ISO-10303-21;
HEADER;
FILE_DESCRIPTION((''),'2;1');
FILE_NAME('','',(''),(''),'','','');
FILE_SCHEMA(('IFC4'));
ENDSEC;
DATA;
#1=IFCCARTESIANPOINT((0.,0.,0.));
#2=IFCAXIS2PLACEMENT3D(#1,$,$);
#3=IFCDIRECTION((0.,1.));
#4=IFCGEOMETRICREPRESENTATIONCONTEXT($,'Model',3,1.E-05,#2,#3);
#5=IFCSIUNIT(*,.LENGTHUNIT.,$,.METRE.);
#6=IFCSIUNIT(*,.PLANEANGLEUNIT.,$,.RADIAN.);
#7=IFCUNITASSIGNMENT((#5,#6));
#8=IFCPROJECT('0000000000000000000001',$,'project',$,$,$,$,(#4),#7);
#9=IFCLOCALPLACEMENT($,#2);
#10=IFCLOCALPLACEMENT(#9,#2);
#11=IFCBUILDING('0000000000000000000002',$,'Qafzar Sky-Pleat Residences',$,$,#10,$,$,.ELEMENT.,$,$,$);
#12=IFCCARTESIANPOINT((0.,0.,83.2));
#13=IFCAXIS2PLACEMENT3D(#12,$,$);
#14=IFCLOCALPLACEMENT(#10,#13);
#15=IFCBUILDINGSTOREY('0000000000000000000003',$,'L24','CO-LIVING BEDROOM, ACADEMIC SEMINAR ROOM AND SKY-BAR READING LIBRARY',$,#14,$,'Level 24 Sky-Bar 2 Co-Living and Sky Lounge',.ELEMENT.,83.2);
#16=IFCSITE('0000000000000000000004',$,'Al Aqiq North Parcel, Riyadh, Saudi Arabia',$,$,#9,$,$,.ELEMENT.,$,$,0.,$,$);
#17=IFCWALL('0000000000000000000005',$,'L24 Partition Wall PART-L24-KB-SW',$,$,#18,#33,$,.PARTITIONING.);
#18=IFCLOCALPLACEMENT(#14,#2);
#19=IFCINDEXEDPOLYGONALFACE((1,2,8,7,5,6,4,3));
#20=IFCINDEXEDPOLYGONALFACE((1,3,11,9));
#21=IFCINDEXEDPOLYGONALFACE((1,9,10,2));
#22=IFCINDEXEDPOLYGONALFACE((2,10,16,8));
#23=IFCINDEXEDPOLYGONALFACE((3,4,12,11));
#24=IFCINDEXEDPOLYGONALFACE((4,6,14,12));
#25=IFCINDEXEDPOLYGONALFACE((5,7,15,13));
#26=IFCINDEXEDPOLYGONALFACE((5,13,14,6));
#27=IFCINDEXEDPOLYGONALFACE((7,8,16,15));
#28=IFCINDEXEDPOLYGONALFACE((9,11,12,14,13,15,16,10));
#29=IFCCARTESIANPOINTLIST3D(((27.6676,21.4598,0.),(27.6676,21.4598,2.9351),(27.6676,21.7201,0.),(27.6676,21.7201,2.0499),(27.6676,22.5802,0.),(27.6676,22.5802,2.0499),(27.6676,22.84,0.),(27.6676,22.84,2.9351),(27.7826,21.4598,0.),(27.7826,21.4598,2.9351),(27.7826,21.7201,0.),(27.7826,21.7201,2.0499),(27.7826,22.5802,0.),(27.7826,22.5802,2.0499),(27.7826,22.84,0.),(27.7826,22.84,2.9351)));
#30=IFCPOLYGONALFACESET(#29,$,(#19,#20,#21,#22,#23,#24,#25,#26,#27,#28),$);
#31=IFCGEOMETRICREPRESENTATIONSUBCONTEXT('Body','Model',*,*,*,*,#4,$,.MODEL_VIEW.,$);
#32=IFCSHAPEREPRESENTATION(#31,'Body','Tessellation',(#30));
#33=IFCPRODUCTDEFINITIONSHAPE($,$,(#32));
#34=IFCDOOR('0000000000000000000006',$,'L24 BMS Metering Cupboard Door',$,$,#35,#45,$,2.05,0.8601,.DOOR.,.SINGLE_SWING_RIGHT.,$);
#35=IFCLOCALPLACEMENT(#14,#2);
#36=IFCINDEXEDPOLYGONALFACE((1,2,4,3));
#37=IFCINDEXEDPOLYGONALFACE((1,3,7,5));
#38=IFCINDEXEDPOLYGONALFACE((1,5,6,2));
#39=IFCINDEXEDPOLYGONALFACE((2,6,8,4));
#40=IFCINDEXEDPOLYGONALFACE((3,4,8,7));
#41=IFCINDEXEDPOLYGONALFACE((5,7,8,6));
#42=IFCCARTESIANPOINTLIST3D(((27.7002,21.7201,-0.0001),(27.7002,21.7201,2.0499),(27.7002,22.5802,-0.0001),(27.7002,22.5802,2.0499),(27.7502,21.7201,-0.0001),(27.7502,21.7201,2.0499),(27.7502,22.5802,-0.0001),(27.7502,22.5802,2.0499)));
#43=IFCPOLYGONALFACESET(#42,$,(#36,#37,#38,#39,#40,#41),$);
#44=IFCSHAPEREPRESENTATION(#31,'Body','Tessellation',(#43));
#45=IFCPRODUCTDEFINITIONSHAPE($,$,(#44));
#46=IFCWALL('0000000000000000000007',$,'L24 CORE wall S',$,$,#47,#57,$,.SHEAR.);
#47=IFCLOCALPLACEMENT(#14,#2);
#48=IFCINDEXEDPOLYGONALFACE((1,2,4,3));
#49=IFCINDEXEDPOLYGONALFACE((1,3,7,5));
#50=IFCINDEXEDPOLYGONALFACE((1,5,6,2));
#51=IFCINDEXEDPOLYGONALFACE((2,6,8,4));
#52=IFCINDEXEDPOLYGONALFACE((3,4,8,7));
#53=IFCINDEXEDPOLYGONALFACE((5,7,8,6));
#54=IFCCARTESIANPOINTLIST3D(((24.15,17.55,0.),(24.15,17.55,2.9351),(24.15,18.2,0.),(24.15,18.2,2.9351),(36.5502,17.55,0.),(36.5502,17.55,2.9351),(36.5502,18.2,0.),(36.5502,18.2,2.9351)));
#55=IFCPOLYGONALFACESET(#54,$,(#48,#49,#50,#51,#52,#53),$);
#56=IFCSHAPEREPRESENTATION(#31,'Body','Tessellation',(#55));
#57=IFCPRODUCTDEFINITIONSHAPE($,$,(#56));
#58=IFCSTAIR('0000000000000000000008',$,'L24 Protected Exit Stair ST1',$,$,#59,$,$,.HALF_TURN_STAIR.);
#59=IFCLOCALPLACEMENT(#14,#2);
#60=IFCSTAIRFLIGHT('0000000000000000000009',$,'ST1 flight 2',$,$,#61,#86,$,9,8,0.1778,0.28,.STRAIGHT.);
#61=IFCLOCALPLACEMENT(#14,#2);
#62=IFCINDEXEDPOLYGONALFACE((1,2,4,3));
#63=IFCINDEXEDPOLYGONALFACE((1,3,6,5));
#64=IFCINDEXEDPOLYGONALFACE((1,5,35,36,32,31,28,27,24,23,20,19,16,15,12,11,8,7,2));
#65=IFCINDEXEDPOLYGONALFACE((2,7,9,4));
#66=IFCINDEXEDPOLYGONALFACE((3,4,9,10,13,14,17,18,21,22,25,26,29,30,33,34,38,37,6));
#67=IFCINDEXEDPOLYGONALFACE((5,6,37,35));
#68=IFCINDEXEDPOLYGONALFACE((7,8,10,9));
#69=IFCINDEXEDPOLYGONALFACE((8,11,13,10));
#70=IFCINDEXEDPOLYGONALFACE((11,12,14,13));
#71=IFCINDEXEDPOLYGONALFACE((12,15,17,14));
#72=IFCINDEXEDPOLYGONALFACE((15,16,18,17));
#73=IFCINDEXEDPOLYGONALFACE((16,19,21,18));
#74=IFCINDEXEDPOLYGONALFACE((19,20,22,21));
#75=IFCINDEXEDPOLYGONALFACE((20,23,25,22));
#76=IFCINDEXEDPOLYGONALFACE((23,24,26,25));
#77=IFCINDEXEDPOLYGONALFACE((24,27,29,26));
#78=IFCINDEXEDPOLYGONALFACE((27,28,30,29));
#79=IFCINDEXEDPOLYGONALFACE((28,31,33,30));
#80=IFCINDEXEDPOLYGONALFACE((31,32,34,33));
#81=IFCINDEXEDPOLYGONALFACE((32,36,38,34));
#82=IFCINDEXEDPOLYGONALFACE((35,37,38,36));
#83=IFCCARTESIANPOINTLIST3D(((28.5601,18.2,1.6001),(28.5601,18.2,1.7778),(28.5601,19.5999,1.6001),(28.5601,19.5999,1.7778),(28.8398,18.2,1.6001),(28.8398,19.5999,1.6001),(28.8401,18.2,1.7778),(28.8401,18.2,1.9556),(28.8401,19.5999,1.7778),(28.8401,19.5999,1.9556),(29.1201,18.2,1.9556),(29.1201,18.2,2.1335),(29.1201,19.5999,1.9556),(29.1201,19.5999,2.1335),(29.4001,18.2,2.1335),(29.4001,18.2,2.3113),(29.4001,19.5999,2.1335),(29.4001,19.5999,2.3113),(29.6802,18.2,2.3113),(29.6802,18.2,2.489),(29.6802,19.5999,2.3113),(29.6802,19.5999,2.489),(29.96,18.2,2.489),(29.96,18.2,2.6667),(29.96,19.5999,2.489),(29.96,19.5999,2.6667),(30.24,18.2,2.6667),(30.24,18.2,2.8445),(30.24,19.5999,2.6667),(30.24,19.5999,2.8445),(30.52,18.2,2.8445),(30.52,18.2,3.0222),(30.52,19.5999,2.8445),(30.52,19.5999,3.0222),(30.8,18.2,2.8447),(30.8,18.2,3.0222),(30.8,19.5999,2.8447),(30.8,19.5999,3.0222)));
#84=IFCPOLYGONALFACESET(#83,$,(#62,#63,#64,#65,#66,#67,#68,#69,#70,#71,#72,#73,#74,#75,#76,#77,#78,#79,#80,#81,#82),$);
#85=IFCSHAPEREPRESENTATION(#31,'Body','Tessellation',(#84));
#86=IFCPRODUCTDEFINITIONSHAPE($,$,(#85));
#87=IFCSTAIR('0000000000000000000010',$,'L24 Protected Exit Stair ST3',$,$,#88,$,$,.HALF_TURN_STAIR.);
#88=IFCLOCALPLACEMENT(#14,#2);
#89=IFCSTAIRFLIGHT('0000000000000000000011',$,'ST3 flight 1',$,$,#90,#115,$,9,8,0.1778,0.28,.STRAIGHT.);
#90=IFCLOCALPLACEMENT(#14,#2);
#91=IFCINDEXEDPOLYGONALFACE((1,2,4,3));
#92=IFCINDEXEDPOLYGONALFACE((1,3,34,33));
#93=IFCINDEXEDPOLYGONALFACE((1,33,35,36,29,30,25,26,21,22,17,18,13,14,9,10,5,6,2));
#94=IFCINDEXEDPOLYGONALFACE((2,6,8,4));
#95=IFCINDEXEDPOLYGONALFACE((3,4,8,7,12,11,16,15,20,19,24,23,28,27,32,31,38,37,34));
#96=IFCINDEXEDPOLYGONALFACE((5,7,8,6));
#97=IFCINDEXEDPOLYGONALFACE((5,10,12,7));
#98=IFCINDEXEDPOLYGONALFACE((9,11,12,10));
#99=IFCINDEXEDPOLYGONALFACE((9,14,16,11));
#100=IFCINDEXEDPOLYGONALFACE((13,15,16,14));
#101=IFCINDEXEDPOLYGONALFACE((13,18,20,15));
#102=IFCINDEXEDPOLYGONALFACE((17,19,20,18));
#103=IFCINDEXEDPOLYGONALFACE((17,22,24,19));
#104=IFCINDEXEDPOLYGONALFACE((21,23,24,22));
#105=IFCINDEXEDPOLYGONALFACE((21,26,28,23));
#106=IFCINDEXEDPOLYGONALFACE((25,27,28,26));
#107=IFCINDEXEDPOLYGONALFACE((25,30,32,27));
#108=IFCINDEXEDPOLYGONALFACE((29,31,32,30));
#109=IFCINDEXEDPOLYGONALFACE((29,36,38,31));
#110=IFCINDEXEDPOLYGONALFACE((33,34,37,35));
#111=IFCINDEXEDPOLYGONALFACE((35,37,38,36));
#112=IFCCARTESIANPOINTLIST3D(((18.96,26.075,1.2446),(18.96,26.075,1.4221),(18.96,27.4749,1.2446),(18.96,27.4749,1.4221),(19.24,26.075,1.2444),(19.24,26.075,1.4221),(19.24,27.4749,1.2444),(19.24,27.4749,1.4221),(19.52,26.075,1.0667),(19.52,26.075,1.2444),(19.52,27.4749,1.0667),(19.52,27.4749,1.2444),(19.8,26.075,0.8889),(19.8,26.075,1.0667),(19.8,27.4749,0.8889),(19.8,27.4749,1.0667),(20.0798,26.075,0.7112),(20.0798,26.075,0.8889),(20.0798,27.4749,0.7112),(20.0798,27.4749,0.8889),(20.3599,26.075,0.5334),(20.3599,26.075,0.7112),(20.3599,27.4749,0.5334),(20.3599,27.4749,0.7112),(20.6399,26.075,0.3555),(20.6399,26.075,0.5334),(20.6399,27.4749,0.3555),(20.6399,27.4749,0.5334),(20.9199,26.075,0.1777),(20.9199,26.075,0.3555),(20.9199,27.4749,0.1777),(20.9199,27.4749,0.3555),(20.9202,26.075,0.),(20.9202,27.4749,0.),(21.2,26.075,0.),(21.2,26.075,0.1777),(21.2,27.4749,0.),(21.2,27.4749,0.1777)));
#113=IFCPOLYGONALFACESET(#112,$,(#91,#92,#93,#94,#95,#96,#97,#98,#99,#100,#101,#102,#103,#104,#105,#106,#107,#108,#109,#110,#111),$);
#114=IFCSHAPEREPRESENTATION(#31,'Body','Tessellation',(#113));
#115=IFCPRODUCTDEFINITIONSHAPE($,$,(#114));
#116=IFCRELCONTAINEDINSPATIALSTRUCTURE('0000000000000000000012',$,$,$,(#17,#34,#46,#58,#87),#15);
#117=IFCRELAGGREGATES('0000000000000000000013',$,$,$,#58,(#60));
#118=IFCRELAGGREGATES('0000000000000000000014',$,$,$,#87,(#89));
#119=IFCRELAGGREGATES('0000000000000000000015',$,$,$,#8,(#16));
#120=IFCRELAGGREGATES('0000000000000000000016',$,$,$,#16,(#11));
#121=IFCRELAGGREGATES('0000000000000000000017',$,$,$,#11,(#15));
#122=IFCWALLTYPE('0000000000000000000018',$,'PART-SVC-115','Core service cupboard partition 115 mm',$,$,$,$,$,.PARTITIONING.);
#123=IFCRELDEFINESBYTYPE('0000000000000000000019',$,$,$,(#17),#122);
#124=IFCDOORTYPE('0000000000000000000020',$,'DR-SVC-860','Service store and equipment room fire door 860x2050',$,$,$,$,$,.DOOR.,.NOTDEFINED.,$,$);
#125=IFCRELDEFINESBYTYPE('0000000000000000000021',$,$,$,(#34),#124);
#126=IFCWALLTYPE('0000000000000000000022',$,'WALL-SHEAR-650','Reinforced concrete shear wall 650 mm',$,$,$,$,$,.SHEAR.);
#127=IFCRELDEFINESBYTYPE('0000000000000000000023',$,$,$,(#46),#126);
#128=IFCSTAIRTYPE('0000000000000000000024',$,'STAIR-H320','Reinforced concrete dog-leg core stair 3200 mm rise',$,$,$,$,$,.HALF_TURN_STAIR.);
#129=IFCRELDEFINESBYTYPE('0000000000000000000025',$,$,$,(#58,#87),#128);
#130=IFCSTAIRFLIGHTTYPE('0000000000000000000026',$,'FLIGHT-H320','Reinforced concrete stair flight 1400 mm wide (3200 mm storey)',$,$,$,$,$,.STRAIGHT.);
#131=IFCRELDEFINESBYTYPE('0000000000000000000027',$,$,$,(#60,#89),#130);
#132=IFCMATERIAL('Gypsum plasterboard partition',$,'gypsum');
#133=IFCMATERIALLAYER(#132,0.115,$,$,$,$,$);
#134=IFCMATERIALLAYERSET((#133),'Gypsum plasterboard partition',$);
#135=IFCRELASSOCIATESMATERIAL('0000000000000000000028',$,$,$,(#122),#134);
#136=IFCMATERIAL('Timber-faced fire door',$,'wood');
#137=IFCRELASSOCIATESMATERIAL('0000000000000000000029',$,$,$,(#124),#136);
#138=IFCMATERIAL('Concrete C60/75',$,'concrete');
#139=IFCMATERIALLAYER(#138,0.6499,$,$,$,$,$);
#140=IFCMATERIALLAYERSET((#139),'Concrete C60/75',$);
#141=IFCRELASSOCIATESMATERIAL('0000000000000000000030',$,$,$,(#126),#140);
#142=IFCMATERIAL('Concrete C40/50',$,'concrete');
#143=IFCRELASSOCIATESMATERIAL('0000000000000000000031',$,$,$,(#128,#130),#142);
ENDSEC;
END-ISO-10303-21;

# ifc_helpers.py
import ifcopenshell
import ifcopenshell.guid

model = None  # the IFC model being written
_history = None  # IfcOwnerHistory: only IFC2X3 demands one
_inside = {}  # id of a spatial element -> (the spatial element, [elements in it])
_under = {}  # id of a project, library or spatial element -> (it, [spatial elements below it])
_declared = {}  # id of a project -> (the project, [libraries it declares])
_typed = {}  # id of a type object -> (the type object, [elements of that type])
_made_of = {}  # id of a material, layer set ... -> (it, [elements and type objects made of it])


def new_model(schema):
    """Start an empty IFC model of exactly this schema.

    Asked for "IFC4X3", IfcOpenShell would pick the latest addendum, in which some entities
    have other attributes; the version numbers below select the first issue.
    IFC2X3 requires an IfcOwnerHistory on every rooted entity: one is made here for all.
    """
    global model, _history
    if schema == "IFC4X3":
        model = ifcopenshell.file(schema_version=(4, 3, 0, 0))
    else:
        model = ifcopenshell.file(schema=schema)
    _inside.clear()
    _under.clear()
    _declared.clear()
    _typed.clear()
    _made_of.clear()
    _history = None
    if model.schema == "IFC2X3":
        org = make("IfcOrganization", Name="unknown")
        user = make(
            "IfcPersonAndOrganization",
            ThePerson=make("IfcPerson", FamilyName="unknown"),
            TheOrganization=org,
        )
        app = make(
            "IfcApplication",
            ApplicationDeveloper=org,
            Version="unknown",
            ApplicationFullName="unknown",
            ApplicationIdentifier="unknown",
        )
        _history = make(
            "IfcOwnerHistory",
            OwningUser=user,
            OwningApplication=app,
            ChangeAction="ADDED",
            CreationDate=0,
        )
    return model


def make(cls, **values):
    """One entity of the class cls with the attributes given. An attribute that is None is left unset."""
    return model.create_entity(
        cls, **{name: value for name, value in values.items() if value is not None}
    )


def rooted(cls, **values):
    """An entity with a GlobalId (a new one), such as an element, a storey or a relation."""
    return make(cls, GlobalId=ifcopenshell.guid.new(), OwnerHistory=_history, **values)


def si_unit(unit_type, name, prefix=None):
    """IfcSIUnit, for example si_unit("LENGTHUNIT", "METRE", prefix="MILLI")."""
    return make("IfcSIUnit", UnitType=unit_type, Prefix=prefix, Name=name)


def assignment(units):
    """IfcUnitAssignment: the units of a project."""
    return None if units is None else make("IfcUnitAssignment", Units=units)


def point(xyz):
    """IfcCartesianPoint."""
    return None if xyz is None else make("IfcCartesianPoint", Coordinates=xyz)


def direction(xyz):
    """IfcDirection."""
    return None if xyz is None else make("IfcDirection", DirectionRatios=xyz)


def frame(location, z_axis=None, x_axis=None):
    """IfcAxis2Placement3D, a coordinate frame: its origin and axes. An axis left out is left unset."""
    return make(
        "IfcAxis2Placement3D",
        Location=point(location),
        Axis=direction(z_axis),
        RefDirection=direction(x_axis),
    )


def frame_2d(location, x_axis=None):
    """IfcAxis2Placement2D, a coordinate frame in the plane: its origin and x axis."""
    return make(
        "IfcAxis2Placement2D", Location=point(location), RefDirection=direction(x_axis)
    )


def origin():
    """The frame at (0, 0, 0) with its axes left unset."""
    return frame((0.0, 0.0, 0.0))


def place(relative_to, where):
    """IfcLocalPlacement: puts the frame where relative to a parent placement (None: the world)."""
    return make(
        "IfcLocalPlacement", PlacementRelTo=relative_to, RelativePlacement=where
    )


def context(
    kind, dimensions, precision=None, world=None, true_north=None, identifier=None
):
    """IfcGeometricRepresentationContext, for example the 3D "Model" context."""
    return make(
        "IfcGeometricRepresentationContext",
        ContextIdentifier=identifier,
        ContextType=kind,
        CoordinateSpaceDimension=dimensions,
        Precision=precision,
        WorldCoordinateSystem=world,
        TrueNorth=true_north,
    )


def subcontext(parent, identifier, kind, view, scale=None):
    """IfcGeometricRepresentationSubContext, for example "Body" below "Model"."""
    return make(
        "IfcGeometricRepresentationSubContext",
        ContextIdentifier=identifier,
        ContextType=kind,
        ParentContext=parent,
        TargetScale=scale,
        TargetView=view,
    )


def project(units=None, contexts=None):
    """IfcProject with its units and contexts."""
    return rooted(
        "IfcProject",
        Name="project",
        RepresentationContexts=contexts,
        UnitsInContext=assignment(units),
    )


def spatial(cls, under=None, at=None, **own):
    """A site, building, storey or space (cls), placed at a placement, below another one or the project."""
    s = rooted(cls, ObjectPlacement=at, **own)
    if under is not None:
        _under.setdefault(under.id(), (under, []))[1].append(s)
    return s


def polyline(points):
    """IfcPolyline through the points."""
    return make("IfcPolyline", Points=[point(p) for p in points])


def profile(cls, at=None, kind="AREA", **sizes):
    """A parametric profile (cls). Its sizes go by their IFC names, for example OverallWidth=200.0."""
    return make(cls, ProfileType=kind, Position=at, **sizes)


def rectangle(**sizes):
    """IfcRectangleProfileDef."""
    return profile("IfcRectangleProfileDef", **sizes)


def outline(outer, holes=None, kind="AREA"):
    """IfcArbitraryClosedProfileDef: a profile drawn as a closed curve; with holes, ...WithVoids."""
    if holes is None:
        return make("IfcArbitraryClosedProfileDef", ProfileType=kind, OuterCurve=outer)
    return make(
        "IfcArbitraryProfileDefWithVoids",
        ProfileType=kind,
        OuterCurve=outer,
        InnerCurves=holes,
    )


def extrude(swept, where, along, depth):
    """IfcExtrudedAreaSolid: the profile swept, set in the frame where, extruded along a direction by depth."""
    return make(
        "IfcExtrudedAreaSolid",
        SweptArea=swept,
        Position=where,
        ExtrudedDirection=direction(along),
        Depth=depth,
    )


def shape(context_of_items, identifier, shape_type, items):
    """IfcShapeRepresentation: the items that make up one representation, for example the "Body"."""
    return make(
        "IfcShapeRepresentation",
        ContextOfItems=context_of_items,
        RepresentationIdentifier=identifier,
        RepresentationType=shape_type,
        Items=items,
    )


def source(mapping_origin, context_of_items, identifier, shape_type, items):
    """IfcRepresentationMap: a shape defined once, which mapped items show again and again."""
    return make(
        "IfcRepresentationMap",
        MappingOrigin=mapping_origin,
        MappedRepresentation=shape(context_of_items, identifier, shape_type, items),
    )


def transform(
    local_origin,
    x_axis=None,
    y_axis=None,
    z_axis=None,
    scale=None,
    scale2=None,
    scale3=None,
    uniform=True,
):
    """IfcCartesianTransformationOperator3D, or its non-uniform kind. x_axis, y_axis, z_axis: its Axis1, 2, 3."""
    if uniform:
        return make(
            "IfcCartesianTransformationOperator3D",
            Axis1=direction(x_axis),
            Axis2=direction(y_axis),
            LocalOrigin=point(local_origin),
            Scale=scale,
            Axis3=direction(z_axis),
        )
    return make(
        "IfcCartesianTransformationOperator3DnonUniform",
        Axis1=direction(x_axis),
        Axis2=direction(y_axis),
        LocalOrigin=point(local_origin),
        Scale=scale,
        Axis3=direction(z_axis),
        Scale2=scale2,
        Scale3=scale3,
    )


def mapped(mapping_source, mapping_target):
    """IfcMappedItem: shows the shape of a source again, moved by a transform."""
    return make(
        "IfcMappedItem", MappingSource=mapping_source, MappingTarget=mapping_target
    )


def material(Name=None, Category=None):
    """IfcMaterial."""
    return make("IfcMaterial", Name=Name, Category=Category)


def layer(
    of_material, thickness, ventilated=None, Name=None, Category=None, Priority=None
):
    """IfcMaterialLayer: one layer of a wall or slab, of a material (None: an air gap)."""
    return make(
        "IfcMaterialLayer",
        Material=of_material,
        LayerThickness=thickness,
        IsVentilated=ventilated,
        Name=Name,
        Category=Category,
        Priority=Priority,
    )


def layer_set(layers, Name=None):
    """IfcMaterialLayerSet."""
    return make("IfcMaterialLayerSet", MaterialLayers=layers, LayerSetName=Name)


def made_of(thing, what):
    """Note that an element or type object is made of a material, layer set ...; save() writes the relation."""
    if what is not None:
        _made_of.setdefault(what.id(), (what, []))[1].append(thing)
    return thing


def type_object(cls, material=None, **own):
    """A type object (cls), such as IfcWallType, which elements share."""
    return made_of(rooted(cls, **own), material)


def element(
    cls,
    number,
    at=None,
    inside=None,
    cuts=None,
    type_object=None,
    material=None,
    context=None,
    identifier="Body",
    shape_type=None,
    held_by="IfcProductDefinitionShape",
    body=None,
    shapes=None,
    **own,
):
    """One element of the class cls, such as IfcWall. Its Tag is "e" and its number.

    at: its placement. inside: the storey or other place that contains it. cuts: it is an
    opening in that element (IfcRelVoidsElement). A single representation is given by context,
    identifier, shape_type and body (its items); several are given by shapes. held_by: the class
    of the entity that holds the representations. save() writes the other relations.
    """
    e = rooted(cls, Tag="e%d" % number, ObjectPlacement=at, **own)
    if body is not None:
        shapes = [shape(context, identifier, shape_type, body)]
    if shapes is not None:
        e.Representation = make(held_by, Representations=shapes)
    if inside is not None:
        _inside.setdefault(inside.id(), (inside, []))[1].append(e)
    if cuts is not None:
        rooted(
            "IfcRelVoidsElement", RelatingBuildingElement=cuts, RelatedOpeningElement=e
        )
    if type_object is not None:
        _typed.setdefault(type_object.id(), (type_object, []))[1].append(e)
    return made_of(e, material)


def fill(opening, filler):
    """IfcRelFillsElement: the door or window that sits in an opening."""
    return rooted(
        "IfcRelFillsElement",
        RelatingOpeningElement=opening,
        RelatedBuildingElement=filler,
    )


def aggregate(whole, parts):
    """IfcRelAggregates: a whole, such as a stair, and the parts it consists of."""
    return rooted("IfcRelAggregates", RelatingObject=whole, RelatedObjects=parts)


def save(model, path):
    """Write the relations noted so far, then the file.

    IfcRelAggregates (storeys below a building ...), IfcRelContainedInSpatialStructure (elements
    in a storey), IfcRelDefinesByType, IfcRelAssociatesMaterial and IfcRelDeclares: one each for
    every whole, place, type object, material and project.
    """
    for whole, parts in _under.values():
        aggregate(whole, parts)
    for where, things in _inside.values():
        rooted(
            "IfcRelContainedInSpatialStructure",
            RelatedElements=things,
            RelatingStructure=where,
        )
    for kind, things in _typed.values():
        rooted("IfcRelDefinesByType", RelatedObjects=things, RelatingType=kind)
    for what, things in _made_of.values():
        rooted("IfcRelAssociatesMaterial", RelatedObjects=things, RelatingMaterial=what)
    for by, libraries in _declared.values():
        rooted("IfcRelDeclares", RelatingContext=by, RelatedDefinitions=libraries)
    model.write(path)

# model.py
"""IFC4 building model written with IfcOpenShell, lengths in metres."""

from ifc_helpers import new_model, si_unit, direction, frame, frame_2d, origin, place, context, subcontext, project, spatial, polyline, rectangle, outline, extrude, source, transform, mapped, material, layer, layer_set, type_object, element, fill, aggregate, save


model = new_model("IFC4")

# Units and contexts
model_context = context("Model", 3, precision=1e-05, world=origin(), true_north=direction((0.0, 1.0)))
body_context = subcontext(model_context, "Body", "Model", "MODEL_VIEW")
ifc_project = project(units=[si_unit("LENGTHUNIT", "METRE"), si_unit("PLANEANGLEUNIT", "RADIAN")], contexts=[model_context])

# Site, building, storey
site_placement = place(None, origin())
site = spatial("IfcSite", under=ifc_project, at=site_placement, Name="Al Aqiq North Parcel, Riyadh, Saudi Arabia", CompositionType="ELEMENT", RefElevation=0.0)
building_placement = place(site_placement, origin())
building = spatial("IfcBuilding", under=site, at=building_placement, Name="Qafzar Sky-Pleat Residences", CompositionType="ELEMENT")
storey_placement = place(building_placement, frame((0.0, 0.0, 83.2)))
storey = spatial("IfcBuildingStorey", under=building, at=storey_placement, Name="L24", Description="CO-LIVING BEDROOM, ACADEMIC SEMINAR ROOM AND SKY-BAR READING LIBRARY", LongName="Level 24 Sky-Bar 2 Co-Living and Sky Lounge", CompositionType="ELEMENT", Elevation=83.2)

# Shared definitions
ifc_material_1 = material(Name="Timber-faced fire door", Category="wood")

# Wall, opening, door
ifc_material_2 = material(Name="Gypsum plasterboard partition", Category="gypsum")
ifc_layer_1 = layer(ifc_material_2, 0.115)
ifc_layer_set_1 = layer_set([ifc_layer_1], Name="Gypsum plasterboard partition")
wall_type_1 = type_object("IfcWallType", Name="PART-SVC-115", Description="Core service cupboard partition 115 mm", PredefinedType="PARTITIONING", material=ifc_layer_set_1)
wall_1_placement = place(storey_placement, frame((27.7251, 21.46, 0.0), z_axis=(0.0, 0.0, 1.0), x_axis=(0.0, 1.0, 0.0)))
wall_1 = element("IfcWall", 1, at=wall_1_placement, inside=storey, type_object=wall_type_1, Name="L24 Partition Wall PART-L24-KB-SW", PredefinedType="PARTITIONING", context=body_context, shape_type="SweptSolid", body=[
    extrude(rectangle(XDim=1.3801, YDim=0.115, at=frame_2d((0.6899, 0.0))), origin(), (0.0, 0.0, 1.0), 2.9351),
])
opening_1_placement = place(wall_1_placement, frame((0.26, 0.0, 0.0)))
opening_1 = element("IfcOpeningElement", 2, at=opening_1_placement, cuts=wall_1, PredefinedType="OPENING", context=body_context, shape_type="SweptSolid", body=[
    extrude(rectangle(XDim=0.8601, YDim=2.05, at=frame_2d((0.4302, 1.0249))), frame((0.0, 0.0674, 0.0), z_axis=(0.0, -1.0, 0.0), x_axis=(1.0, 0.0, 0.0)), (0.0, 0.0, 1.0), 0.135),
])
door_type_1 = type_object("IfcDoorType", Name="DR-SVC-860", Description="Service store and equipment room fire door 860x2050", OperationType="NOTDEFINED", PredefinedType="DOOR", material=ifc_material_1)
shared_shape_1 = source(origin(), body_context, "Body", "SweptSolid", [
    extrude(rectangle(XDim=0.8601, YDim=2.05, at=frame_2d((0.4302, 1.0249))), frame((0.0, 0.0249, 0.0), z_axis=(0.0, -1.0, 0.0), x_axis=(1.0, 0.0, 0.0)), (0.0, 0.0, 1.0), 0.05),
])
door_1_placement = place(opening_1_placement, origin())
door_1 = element("IfcDoor", 3, at=door_1_placement, inside=storey, type_object=door_type_1, Name="L24 BMS Metering Cupboard Door", OperationType="SINGLE_SWING_RIGHT", OverallHeight=2.05, OverallWidth=0.8601, PredefinedType="DOOR", context=body_context, shape_type="MappedRepresentation", body=[
    mapped(shared_shape_1, transform((0.0, 0.0, 0.0), x_axis=(1.0, 0.0, 0.0), y_axis=(0.0, 1.0, 0.0), z_axis=(0.0, 0.0, 1.0), scale=1.0)),
])
fill(opening_1, door_1)

# Shared definitions
ifc_material_3 = material(Name="Concrete C60/75", Category="concrete")

# Wall
ifc_layer_2 = layer(ifc_material_3, 0.6499)
ifc_layer_set_2 = layer_set([ifc_layer_2], Name="Concrete C60/75")
wall_type_2 = type_object("IfcWallType", Name="WALL-SHEAR-650", Description="Reinforced concrete shear wall 650 mm", PredefinedType="SHEAR", material=ifc_layer_set_2)
wall_2_placement = place(storey_placement, frame((24.1499, 17.875, 0.0), z_axis=(0.0, 0.0, 1.0), x_axis=(1.0, 0.0, 0.0)))
element("IfcWall", 4, at=wall_2_placement, inside=storey, type_object=wall_type_2, Name="L24 CORE wall S", PredefinedType="SHEAR", context=body_context, shape_type="SweptSolid", body=[
    extrude(rectangle(XDim=12.4001, YDim=0.6499, at=frame_2d((6.2002, 0.0))), origin(), (0.0, 0.0, 1.0), 2.9351),
])

# Stairs, stair flights
ifc_material_4 = material(Name="Concrete C40/50", Category="concrete")
stair_type = type_object("IfcStairType", Name="STAIR-H320", Description="Reinforced concrete dog-leg core stair 3200 mm rise", PredefinedType="HALF_TURN_STAIR", material=ifc_material_4)
stair_1_placement = place(storey_placement, origin())
stair_1 = element("IfcStair", 5, at=stair_1_placement, inside=storey, type_object=stair_type, Name="L24 Protected Exit Stair ST1", PredefinedType="HALF_TURN_STAIR")
stair_flight_type = type_object("IfcStairFlightType", Name="FLIGHT-H320", Description="Reinforced concrete stair flight 1400 mm wide (3200 mm storey)", PredefinedType="STRAIGHT", material=ifc_material_4)
shared_shape_2 = source(origin(), body_context, "Body", "SweptSolid", [
    extrude(outline(polyline([(0.0, 0.0), (0.0, 0.1777), (0.28, 0.1777), (0.28, 0.3555), (0.5601, 0.3555), (0.5601, 0.5334), (0.8401, 0.5334), (0.8401, 0.7112), (1.1201, 0.7112), (1.1201, 0.8889), (1.3999, 0.8889), (1.3999, 1.0667), (1.6799, 1.0667), (1.6799, 1.2444), (1.96, 1.2444), (1.96, 1.4221), (2.24, 1.4221), (2.24, 1.6001), (2.24, 1.2446), (0.2798, 0.0), (0.0, 0.0)])), frame((0.0, 0.7, 0.0), z_axis=(0.0, -1.0, 0.0), x_axis=(1.0, 0.0, 0.0)), (0.0, 0.0, 1.0), 1.3999),
])
stair_flight_1_placement = place(storey_placement, frame((28.5601, 18.8999, 1.6001), z_axis=(0.0, 0.0, 1.0), x_axis=(1.0, 0.0, 0.0)))
stair_flight_1 = element("IfcStairFlight", 6, at=stair_flight_1_placement, type_object=stair_flight_type, Name="ST1 flight 2", NumberOfRisers=9, NumberOfTreads=8, PredefinedType="STRAIGHT", RiserHeight=0.1778, TreadLength=0.28, context=body_context, shape_type="MappedRepresentation", body=[
    mapped(shared_shape_2, transform((0.0, 0.0, 0.0), x_axis=(1.0, 0.0, 0.0), y_axis=(0.0, 1.0, 0.0), z_axis=(0.0, 0.0, 1.0), scale=1.0)),
])
aggregate(stair_1, [stair_flight_1])
stair_2_placement = place(storey_placement, origin())
stair_2 = element("IfcStair", 7, at=stair_2_placement, inside=storey, type_object=stair_type, Name="L24 Protected Exit Stair ST3", PredefinedType="HALF_TURN_STAIR")
stair_flight_2_placement = place(storey_placement, frame((21.2, 26.7749, 0.0), z_axis=(0.0, 0.0, 1.0), x_axis=(-1.0, 0.0, 0.0)))
stair_flight_2 = element("IfcStairFlight", 8, at=stair_flight_2_placement, type_object=stair_flight_type, Name="ST3 flight 1", NumberOfRisers=9, NumberOfTreads=8, PredefinedType="STRAIGHT", RiserHeight=0.1778, TreadLength=0.28, context=body_context, shape_type="MappedRepresentation", body=[
    mapped(shared_shape_2, transform((0.0, 0.0, 0.0), x_axis=(1.0, 0.0, 0.0), y_axis=(0.0, 1.0, 0.0), z_axis=(0.0, 0.0, 1.0), scale=1.0)),
])
aggregate(stair_2, [stair_flight_2])

save(model, "model.ifc")
